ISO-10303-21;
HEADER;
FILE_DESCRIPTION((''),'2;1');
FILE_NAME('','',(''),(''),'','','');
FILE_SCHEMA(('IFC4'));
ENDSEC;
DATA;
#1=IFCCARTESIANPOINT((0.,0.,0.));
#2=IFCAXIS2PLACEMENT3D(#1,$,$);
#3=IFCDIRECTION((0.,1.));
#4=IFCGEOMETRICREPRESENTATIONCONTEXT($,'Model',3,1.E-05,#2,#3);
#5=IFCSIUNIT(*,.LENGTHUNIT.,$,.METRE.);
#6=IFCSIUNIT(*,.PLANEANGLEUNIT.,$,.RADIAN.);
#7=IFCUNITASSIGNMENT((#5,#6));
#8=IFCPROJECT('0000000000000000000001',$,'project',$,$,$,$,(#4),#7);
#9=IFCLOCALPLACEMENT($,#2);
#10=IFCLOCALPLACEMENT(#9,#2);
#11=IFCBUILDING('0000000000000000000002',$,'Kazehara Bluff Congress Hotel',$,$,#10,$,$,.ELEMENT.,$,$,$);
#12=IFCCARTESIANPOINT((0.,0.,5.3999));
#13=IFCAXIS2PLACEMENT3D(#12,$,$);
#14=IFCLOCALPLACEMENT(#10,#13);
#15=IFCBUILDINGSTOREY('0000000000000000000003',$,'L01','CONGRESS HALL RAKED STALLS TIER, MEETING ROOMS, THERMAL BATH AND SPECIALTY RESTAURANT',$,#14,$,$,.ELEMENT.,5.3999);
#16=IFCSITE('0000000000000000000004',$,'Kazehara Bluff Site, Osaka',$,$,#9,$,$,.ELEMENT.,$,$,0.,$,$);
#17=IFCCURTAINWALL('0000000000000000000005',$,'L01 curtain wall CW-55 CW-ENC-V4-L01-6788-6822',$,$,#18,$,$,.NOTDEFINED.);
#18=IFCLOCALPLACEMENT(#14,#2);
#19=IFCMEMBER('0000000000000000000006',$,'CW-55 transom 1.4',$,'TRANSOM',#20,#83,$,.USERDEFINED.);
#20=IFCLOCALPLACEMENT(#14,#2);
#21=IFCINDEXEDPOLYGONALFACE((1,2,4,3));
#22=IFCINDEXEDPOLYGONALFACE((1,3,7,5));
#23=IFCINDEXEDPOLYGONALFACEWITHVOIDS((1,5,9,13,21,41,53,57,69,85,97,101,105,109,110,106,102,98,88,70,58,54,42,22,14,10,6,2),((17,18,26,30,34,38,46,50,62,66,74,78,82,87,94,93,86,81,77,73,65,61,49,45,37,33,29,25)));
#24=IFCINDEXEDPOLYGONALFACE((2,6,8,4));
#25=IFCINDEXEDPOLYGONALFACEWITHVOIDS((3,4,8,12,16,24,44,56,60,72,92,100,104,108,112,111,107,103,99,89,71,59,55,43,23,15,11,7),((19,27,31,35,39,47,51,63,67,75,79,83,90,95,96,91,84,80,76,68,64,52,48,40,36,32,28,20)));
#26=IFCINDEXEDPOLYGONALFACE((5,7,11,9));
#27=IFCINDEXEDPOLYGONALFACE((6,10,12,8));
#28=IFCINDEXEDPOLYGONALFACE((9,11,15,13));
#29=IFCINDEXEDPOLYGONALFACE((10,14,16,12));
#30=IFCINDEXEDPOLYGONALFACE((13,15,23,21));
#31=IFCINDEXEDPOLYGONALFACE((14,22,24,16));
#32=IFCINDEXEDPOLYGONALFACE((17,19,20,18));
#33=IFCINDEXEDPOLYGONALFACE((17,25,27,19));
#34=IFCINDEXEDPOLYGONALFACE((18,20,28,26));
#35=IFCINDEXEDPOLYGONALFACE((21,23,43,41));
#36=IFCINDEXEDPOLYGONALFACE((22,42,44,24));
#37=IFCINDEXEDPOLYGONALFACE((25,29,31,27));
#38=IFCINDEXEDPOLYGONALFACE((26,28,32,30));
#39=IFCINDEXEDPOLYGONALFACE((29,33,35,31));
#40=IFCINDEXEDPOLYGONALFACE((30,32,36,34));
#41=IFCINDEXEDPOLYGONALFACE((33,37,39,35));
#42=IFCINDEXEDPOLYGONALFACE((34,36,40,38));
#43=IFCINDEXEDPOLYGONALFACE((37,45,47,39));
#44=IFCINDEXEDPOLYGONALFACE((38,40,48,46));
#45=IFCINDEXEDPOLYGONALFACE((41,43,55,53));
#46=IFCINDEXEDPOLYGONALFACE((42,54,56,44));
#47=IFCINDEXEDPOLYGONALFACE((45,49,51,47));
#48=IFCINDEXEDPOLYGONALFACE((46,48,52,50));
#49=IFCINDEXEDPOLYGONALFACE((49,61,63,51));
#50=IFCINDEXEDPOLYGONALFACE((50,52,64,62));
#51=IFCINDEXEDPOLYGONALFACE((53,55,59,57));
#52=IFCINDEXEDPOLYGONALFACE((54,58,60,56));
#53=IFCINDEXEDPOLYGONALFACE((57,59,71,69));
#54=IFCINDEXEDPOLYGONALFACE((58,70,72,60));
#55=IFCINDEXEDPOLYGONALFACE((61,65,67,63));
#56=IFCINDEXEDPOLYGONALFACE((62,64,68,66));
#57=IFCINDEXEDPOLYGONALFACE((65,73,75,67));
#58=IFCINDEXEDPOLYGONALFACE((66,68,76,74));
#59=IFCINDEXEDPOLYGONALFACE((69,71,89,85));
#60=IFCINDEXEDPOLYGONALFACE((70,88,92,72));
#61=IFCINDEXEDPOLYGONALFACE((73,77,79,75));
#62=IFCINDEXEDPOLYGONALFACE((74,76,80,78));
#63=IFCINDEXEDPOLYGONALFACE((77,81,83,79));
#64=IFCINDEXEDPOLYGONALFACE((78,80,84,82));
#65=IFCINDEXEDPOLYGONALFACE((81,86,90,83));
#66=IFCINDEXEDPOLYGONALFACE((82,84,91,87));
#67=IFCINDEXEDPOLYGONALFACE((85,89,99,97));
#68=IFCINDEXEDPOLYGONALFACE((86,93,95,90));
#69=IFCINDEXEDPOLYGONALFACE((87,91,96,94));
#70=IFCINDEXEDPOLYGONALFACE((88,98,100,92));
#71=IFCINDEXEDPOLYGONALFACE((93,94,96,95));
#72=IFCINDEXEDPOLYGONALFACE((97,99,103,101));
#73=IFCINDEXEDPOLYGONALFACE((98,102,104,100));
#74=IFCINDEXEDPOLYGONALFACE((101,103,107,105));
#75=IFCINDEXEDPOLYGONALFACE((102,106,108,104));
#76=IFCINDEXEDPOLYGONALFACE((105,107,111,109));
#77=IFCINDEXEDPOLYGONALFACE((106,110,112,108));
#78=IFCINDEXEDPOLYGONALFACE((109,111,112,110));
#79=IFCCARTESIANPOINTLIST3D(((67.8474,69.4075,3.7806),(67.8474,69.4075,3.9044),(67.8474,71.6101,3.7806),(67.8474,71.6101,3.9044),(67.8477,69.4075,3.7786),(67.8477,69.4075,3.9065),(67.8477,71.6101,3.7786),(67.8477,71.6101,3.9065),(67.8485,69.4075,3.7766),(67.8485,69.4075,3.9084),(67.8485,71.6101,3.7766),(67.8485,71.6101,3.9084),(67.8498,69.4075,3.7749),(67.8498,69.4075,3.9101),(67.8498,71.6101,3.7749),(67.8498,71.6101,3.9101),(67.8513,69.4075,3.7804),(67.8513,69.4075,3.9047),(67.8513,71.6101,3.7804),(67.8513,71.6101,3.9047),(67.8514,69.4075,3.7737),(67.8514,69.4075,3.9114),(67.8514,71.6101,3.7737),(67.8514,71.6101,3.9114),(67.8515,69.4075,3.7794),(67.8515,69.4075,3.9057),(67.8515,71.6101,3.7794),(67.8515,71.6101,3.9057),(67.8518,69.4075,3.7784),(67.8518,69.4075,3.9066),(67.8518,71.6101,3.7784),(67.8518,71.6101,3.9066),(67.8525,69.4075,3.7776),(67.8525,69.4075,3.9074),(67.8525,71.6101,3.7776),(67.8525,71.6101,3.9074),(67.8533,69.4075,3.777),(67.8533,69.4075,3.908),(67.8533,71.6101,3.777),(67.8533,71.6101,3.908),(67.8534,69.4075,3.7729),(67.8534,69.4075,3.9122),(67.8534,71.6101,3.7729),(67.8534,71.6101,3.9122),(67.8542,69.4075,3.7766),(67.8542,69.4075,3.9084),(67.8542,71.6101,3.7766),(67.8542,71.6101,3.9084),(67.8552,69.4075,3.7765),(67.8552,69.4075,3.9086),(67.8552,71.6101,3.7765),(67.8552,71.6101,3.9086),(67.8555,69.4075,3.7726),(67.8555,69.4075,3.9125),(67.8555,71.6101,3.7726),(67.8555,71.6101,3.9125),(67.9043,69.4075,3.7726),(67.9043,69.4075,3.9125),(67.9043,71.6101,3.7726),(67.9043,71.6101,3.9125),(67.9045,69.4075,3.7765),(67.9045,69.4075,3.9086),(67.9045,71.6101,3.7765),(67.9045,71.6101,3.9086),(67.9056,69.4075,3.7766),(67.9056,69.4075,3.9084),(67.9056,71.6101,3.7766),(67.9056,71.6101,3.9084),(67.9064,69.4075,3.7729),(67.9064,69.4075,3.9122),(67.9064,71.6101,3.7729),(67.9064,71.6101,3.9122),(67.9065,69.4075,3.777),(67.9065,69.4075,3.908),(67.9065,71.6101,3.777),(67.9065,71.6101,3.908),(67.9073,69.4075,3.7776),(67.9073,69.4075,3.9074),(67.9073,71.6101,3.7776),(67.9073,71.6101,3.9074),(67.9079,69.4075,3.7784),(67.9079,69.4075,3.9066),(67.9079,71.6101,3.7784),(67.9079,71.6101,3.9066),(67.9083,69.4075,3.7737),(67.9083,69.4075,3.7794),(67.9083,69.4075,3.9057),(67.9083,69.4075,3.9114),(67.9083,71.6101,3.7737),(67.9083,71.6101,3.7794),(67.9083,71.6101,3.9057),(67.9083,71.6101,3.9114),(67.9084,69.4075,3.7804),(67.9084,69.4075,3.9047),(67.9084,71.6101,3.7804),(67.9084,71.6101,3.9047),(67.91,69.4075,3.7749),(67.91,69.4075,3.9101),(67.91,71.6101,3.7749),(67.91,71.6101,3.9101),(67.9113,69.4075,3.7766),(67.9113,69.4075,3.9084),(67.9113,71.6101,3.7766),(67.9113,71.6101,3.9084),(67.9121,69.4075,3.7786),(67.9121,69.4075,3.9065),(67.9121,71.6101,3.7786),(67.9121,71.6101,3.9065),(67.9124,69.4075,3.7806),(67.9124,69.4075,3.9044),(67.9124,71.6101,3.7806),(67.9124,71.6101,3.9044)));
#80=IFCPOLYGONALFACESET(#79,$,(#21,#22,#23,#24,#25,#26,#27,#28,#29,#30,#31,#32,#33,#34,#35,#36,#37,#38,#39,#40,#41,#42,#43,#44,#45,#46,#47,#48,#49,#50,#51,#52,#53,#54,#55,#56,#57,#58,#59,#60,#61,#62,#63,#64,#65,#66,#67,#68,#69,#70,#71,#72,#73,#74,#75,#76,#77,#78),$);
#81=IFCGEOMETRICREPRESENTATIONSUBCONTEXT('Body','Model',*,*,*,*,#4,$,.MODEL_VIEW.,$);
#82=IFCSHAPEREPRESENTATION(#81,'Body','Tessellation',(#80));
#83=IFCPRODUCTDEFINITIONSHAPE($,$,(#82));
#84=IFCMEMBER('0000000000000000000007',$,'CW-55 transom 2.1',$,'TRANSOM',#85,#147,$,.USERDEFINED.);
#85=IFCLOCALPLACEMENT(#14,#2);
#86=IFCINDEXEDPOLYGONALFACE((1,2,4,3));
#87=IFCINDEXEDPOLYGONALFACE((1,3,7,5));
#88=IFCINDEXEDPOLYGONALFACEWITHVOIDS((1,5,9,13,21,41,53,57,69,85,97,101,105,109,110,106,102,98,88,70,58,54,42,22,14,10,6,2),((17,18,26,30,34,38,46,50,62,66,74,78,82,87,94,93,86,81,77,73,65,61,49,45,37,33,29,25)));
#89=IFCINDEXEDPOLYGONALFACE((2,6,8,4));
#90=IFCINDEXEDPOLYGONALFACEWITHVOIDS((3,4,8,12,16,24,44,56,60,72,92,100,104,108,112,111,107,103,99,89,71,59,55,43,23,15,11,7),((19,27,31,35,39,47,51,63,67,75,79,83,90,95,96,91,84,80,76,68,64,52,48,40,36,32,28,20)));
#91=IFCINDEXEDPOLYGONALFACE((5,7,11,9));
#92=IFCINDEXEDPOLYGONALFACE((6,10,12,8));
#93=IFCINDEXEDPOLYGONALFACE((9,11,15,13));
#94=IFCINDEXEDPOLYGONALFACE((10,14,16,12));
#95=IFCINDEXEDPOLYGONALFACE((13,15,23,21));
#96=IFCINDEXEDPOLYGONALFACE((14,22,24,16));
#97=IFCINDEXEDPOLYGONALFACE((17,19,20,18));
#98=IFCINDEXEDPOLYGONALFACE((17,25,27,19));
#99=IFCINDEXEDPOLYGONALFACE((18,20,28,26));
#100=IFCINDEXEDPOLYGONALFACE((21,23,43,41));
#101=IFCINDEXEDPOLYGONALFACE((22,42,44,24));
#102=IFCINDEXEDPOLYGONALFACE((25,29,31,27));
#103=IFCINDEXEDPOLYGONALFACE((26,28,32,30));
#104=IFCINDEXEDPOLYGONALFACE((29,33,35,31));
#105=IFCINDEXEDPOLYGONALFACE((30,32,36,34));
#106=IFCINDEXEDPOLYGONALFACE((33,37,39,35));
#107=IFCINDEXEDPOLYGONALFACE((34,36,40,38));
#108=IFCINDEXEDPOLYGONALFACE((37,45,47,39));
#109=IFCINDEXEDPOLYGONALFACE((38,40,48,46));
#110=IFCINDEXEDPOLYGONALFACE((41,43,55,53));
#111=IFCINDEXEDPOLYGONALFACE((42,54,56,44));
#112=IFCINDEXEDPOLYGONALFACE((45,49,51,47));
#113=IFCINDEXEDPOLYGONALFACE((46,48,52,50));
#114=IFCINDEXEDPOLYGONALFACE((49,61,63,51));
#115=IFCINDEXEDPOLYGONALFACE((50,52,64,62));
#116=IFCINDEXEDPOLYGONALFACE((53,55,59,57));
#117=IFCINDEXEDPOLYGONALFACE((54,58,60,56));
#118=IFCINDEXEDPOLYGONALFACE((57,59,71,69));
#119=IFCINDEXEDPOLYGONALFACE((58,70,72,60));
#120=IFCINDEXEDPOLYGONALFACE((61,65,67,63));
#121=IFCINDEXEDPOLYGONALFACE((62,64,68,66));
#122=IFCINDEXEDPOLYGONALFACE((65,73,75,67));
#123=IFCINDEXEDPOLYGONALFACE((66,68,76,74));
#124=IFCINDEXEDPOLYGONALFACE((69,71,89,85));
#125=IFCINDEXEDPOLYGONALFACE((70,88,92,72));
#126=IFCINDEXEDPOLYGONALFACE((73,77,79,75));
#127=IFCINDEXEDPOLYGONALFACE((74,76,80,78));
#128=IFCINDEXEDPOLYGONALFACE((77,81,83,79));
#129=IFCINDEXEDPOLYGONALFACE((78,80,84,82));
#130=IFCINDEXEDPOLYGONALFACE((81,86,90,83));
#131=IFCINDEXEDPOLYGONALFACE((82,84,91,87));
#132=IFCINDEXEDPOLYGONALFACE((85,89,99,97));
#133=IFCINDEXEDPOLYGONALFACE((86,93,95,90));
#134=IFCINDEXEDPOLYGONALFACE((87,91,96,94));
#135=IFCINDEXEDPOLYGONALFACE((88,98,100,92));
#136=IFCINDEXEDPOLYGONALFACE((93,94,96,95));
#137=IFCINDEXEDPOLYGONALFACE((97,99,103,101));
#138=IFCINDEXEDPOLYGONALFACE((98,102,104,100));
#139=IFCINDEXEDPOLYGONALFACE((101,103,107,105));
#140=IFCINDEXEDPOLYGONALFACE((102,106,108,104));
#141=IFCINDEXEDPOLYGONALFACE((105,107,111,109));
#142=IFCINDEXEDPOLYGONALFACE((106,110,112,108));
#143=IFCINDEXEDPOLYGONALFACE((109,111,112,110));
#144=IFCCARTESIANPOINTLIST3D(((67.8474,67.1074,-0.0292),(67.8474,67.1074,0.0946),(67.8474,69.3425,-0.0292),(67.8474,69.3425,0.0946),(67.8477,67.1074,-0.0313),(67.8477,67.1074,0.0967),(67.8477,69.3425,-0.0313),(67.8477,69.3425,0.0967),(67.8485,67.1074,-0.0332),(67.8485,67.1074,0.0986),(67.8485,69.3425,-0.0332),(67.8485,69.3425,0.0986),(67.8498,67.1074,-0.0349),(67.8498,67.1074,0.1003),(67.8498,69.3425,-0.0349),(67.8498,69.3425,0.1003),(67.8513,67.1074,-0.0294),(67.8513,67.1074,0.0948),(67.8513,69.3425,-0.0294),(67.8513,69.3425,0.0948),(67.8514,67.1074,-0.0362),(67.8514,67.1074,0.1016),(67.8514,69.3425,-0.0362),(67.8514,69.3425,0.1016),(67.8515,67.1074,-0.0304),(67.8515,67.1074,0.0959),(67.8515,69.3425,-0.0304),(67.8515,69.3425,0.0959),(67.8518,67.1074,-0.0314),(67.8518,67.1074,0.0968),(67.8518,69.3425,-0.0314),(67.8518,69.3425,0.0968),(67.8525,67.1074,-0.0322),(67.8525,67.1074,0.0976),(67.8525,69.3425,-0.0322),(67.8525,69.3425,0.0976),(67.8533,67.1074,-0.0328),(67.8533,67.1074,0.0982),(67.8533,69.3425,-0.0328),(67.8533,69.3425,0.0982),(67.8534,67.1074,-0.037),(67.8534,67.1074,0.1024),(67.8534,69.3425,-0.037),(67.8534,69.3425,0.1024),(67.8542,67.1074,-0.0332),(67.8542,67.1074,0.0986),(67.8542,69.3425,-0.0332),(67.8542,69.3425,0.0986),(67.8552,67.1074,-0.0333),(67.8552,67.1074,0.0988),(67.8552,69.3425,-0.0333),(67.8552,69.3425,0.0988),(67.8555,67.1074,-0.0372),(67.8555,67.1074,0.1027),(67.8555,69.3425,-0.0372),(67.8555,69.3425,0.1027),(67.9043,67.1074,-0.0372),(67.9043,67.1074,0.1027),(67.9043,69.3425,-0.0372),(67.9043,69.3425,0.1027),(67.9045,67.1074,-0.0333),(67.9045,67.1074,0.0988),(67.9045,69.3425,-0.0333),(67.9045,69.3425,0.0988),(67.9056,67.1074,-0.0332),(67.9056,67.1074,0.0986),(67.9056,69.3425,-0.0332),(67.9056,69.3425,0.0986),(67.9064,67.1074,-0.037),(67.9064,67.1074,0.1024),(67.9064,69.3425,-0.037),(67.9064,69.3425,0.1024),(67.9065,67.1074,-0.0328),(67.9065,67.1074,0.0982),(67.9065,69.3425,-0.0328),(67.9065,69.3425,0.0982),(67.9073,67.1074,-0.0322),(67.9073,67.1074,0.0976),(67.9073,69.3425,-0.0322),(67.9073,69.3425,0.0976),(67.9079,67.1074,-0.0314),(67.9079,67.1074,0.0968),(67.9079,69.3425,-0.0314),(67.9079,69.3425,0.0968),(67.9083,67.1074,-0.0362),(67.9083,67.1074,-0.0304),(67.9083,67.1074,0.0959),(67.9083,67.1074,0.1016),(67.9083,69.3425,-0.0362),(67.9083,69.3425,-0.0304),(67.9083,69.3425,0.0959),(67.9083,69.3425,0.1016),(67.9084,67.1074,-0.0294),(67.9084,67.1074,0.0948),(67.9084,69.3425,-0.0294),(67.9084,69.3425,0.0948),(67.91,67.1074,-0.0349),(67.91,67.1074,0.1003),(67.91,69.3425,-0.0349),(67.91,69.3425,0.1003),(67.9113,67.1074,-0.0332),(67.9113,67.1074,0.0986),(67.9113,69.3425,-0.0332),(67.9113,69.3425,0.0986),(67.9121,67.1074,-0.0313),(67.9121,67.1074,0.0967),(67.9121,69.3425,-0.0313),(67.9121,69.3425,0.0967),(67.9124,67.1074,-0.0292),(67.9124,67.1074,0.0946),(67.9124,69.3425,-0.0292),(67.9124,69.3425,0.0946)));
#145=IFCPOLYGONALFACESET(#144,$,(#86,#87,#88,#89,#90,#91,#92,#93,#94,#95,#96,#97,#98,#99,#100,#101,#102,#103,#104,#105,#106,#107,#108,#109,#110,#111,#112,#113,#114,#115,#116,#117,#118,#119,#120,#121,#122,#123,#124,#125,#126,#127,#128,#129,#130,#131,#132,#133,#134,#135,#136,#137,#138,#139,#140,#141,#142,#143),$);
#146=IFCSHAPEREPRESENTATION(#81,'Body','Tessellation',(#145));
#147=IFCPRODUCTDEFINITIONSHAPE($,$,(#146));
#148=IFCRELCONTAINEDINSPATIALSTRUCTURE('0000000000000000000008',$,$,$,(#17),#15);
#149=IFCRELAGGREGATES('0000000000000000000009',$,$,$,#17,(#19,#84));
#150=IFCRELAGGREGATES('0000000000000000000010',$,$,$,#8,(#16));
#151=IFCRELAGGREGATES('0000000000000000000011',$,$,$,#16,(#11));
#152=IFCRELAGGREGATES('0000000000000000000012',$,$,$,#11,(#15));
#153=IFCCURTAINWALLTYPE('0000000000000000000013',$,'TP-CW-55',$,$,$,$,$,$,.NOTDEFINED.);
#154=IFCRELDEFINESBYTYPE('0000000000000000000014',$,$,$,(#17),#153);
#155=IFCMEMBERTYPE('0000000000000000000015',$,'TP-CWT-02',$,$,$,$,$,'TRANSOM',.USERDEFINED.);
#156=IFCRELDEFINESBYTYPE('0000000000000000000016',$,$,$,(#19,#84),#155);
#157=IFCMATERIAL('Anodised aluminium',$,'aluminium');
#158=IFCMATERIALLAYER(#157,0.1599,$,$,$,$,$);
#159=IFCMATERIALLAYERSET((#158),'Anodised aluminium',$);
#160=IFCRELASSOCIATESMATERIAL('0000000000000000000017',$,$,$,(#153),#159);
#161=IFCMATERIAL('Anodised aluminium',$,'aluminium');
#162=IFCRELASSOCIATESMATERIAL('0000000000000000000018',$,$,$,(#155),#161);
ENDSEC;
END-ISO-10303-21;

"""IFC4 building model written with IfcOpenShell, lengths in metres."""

from ifc_helpers import new_model, si_unit, direction, frame, origin, origin_2d, place, context, subcontext, project, spatial, hollow_rectangle, extrude, material, layer, layer_set, material_profile, profile_set, type_object, element, aggregate, save


model = new_model("IFC4")

# Units and contexts
model_context = context("Model", 3, precision=1e-05, world=origin(), true_north=direction((0.0, 1.0)))
body_context = subcontext(model_context, "Body", "Model", "MODEL_VIEW")
ifc_project = project(units=[si_unit("LENGTHUNIT", "METRE"), si_unit("PLANEANGLEUNIT", "RADIAN")], contexts=[model_context])

# Site, building, storey
site_placement = place(None, origin())
site = spatial("IfcSite", under=ifc_project, at=site_placement, Name="Kazehara Bluff Site, Osaka", CompositionType="ELEMENT", RefElevation=0.0)
building_placement = place(site_placement, origin())
building = spatial("IfcBuilding", under=site, at=building_placement, Name="Kazehara Bluff Congress Hotel", CompositionType="ELEMENT")
storey_placement = place(building_placement, frame((0.0, 0.0, 5.3999)))
storey = spatial("IfcBuildingStorey", under=building, at=storey_placement, Name="L01", Description="CONGRESS HALL RAKED STALLS TIER, MEETING ROOMS, THERMAL BATH AND SPECIALTY RESTAURANT", CompositionType="ELEMENT", Elevation=5.3999)

# Curtain wall, members
ifc_material_1 = material(Name="Anodised aluminium", Category="aluminium")
ifc_layer_1 = layer(ifc_material_1, 0.1599)
ifc_layer_set_1 = layer_set([ifc_layer_1], Name="Anodised aluminium")
curtain_wall_type = type_object("IfcCurtainWallType", Name="TP-CW-55", PredefinedType="NOTDEFINED", material=ifc_layer_set_1)
curtain_wall_placement = place(storey_placement, origin())
curtain_wall = element("IfcCurtainWall", 1, at=curtain_wall_placement, inside=storey, type_object=curtain_wall_type, Name="L01 curtain wall CW-55 CW-ENC-V4-L01-6788-6822", PredefinedType="NOTDEFINED")
ifc_material_2 = material(Name="Anodised aluminium", Category="aluminium")
ifc_material_profile_1 = material_profile(ifc_material_2, hollow_rectangle(XDim=0.0649, YDim=0.1399, WallThickness=0.0039, InnerFilletRadius=0.0039, OuterFilletRadius=0.0081, at=origin_2d()))
ifc_profile_set_1 = profile_set([ifc_material_profile_1], Name="Anodised aluminium")
member_type_1 = type_object("IfcMemberType", Name="TP-CWT-02", ElementType="TRANSOM", PredefinedType="USERDEFINED", material=ifc_profile_set_1)
member_1_placement = place(storey_placement, frame((67.8799, 71.6101, 3.8425), z_axis=(0.0, -1.0, 0.0), x_axis=(1.0, 0.0, 0.0)))
member_1 = element("IfcMember", 2, at=member_1_placement, type_object=member_type_1, Name="CW-55 transom 1.4", ObjectType="TRANSOM", PredefinedType="USERDEFINED", context=body_context, shape_type="SweptSolid", body=[
    extrude(hollow_rectangle(XDim=0.0649, YDim=0.1399, WallThickness=0.0039, InnerFilletRadius=0.0039, OuterFilletRadius=0.0081, at=origin_2d()), origin(), (0.0, 0.0, 1.0), 2.2026),
])
member_2_placement = place(storey_placement, frame((67.8799, 69.3425, 0.0327), z_axis=(0.0, -1.0, 0.0), x_axis=(1.0, 0.0, 0.0)))
member_2 = element("IfcMember", 3, at=member_2_placement, type_object=member_type_1, Name="CW-55 transom 2.1", ObjectType="TRANSOM", PredefinedType="USERDEFINED", context=body_context, shape_type="SweptSolid", body=[
    extrude(hollow_rectangle(XDim=0.0649, YDim=0.1399, WallThickness=0.0039, InnerFilletRadius=0.0039, OuterFilletRadius=0.0081, at=origin_2d()), origin(), (0.0, 0.0, 1.0), 2.2351),
])

aggregate(curtain_wall, [member_1, member_2])

save(model, "model.ifc")
